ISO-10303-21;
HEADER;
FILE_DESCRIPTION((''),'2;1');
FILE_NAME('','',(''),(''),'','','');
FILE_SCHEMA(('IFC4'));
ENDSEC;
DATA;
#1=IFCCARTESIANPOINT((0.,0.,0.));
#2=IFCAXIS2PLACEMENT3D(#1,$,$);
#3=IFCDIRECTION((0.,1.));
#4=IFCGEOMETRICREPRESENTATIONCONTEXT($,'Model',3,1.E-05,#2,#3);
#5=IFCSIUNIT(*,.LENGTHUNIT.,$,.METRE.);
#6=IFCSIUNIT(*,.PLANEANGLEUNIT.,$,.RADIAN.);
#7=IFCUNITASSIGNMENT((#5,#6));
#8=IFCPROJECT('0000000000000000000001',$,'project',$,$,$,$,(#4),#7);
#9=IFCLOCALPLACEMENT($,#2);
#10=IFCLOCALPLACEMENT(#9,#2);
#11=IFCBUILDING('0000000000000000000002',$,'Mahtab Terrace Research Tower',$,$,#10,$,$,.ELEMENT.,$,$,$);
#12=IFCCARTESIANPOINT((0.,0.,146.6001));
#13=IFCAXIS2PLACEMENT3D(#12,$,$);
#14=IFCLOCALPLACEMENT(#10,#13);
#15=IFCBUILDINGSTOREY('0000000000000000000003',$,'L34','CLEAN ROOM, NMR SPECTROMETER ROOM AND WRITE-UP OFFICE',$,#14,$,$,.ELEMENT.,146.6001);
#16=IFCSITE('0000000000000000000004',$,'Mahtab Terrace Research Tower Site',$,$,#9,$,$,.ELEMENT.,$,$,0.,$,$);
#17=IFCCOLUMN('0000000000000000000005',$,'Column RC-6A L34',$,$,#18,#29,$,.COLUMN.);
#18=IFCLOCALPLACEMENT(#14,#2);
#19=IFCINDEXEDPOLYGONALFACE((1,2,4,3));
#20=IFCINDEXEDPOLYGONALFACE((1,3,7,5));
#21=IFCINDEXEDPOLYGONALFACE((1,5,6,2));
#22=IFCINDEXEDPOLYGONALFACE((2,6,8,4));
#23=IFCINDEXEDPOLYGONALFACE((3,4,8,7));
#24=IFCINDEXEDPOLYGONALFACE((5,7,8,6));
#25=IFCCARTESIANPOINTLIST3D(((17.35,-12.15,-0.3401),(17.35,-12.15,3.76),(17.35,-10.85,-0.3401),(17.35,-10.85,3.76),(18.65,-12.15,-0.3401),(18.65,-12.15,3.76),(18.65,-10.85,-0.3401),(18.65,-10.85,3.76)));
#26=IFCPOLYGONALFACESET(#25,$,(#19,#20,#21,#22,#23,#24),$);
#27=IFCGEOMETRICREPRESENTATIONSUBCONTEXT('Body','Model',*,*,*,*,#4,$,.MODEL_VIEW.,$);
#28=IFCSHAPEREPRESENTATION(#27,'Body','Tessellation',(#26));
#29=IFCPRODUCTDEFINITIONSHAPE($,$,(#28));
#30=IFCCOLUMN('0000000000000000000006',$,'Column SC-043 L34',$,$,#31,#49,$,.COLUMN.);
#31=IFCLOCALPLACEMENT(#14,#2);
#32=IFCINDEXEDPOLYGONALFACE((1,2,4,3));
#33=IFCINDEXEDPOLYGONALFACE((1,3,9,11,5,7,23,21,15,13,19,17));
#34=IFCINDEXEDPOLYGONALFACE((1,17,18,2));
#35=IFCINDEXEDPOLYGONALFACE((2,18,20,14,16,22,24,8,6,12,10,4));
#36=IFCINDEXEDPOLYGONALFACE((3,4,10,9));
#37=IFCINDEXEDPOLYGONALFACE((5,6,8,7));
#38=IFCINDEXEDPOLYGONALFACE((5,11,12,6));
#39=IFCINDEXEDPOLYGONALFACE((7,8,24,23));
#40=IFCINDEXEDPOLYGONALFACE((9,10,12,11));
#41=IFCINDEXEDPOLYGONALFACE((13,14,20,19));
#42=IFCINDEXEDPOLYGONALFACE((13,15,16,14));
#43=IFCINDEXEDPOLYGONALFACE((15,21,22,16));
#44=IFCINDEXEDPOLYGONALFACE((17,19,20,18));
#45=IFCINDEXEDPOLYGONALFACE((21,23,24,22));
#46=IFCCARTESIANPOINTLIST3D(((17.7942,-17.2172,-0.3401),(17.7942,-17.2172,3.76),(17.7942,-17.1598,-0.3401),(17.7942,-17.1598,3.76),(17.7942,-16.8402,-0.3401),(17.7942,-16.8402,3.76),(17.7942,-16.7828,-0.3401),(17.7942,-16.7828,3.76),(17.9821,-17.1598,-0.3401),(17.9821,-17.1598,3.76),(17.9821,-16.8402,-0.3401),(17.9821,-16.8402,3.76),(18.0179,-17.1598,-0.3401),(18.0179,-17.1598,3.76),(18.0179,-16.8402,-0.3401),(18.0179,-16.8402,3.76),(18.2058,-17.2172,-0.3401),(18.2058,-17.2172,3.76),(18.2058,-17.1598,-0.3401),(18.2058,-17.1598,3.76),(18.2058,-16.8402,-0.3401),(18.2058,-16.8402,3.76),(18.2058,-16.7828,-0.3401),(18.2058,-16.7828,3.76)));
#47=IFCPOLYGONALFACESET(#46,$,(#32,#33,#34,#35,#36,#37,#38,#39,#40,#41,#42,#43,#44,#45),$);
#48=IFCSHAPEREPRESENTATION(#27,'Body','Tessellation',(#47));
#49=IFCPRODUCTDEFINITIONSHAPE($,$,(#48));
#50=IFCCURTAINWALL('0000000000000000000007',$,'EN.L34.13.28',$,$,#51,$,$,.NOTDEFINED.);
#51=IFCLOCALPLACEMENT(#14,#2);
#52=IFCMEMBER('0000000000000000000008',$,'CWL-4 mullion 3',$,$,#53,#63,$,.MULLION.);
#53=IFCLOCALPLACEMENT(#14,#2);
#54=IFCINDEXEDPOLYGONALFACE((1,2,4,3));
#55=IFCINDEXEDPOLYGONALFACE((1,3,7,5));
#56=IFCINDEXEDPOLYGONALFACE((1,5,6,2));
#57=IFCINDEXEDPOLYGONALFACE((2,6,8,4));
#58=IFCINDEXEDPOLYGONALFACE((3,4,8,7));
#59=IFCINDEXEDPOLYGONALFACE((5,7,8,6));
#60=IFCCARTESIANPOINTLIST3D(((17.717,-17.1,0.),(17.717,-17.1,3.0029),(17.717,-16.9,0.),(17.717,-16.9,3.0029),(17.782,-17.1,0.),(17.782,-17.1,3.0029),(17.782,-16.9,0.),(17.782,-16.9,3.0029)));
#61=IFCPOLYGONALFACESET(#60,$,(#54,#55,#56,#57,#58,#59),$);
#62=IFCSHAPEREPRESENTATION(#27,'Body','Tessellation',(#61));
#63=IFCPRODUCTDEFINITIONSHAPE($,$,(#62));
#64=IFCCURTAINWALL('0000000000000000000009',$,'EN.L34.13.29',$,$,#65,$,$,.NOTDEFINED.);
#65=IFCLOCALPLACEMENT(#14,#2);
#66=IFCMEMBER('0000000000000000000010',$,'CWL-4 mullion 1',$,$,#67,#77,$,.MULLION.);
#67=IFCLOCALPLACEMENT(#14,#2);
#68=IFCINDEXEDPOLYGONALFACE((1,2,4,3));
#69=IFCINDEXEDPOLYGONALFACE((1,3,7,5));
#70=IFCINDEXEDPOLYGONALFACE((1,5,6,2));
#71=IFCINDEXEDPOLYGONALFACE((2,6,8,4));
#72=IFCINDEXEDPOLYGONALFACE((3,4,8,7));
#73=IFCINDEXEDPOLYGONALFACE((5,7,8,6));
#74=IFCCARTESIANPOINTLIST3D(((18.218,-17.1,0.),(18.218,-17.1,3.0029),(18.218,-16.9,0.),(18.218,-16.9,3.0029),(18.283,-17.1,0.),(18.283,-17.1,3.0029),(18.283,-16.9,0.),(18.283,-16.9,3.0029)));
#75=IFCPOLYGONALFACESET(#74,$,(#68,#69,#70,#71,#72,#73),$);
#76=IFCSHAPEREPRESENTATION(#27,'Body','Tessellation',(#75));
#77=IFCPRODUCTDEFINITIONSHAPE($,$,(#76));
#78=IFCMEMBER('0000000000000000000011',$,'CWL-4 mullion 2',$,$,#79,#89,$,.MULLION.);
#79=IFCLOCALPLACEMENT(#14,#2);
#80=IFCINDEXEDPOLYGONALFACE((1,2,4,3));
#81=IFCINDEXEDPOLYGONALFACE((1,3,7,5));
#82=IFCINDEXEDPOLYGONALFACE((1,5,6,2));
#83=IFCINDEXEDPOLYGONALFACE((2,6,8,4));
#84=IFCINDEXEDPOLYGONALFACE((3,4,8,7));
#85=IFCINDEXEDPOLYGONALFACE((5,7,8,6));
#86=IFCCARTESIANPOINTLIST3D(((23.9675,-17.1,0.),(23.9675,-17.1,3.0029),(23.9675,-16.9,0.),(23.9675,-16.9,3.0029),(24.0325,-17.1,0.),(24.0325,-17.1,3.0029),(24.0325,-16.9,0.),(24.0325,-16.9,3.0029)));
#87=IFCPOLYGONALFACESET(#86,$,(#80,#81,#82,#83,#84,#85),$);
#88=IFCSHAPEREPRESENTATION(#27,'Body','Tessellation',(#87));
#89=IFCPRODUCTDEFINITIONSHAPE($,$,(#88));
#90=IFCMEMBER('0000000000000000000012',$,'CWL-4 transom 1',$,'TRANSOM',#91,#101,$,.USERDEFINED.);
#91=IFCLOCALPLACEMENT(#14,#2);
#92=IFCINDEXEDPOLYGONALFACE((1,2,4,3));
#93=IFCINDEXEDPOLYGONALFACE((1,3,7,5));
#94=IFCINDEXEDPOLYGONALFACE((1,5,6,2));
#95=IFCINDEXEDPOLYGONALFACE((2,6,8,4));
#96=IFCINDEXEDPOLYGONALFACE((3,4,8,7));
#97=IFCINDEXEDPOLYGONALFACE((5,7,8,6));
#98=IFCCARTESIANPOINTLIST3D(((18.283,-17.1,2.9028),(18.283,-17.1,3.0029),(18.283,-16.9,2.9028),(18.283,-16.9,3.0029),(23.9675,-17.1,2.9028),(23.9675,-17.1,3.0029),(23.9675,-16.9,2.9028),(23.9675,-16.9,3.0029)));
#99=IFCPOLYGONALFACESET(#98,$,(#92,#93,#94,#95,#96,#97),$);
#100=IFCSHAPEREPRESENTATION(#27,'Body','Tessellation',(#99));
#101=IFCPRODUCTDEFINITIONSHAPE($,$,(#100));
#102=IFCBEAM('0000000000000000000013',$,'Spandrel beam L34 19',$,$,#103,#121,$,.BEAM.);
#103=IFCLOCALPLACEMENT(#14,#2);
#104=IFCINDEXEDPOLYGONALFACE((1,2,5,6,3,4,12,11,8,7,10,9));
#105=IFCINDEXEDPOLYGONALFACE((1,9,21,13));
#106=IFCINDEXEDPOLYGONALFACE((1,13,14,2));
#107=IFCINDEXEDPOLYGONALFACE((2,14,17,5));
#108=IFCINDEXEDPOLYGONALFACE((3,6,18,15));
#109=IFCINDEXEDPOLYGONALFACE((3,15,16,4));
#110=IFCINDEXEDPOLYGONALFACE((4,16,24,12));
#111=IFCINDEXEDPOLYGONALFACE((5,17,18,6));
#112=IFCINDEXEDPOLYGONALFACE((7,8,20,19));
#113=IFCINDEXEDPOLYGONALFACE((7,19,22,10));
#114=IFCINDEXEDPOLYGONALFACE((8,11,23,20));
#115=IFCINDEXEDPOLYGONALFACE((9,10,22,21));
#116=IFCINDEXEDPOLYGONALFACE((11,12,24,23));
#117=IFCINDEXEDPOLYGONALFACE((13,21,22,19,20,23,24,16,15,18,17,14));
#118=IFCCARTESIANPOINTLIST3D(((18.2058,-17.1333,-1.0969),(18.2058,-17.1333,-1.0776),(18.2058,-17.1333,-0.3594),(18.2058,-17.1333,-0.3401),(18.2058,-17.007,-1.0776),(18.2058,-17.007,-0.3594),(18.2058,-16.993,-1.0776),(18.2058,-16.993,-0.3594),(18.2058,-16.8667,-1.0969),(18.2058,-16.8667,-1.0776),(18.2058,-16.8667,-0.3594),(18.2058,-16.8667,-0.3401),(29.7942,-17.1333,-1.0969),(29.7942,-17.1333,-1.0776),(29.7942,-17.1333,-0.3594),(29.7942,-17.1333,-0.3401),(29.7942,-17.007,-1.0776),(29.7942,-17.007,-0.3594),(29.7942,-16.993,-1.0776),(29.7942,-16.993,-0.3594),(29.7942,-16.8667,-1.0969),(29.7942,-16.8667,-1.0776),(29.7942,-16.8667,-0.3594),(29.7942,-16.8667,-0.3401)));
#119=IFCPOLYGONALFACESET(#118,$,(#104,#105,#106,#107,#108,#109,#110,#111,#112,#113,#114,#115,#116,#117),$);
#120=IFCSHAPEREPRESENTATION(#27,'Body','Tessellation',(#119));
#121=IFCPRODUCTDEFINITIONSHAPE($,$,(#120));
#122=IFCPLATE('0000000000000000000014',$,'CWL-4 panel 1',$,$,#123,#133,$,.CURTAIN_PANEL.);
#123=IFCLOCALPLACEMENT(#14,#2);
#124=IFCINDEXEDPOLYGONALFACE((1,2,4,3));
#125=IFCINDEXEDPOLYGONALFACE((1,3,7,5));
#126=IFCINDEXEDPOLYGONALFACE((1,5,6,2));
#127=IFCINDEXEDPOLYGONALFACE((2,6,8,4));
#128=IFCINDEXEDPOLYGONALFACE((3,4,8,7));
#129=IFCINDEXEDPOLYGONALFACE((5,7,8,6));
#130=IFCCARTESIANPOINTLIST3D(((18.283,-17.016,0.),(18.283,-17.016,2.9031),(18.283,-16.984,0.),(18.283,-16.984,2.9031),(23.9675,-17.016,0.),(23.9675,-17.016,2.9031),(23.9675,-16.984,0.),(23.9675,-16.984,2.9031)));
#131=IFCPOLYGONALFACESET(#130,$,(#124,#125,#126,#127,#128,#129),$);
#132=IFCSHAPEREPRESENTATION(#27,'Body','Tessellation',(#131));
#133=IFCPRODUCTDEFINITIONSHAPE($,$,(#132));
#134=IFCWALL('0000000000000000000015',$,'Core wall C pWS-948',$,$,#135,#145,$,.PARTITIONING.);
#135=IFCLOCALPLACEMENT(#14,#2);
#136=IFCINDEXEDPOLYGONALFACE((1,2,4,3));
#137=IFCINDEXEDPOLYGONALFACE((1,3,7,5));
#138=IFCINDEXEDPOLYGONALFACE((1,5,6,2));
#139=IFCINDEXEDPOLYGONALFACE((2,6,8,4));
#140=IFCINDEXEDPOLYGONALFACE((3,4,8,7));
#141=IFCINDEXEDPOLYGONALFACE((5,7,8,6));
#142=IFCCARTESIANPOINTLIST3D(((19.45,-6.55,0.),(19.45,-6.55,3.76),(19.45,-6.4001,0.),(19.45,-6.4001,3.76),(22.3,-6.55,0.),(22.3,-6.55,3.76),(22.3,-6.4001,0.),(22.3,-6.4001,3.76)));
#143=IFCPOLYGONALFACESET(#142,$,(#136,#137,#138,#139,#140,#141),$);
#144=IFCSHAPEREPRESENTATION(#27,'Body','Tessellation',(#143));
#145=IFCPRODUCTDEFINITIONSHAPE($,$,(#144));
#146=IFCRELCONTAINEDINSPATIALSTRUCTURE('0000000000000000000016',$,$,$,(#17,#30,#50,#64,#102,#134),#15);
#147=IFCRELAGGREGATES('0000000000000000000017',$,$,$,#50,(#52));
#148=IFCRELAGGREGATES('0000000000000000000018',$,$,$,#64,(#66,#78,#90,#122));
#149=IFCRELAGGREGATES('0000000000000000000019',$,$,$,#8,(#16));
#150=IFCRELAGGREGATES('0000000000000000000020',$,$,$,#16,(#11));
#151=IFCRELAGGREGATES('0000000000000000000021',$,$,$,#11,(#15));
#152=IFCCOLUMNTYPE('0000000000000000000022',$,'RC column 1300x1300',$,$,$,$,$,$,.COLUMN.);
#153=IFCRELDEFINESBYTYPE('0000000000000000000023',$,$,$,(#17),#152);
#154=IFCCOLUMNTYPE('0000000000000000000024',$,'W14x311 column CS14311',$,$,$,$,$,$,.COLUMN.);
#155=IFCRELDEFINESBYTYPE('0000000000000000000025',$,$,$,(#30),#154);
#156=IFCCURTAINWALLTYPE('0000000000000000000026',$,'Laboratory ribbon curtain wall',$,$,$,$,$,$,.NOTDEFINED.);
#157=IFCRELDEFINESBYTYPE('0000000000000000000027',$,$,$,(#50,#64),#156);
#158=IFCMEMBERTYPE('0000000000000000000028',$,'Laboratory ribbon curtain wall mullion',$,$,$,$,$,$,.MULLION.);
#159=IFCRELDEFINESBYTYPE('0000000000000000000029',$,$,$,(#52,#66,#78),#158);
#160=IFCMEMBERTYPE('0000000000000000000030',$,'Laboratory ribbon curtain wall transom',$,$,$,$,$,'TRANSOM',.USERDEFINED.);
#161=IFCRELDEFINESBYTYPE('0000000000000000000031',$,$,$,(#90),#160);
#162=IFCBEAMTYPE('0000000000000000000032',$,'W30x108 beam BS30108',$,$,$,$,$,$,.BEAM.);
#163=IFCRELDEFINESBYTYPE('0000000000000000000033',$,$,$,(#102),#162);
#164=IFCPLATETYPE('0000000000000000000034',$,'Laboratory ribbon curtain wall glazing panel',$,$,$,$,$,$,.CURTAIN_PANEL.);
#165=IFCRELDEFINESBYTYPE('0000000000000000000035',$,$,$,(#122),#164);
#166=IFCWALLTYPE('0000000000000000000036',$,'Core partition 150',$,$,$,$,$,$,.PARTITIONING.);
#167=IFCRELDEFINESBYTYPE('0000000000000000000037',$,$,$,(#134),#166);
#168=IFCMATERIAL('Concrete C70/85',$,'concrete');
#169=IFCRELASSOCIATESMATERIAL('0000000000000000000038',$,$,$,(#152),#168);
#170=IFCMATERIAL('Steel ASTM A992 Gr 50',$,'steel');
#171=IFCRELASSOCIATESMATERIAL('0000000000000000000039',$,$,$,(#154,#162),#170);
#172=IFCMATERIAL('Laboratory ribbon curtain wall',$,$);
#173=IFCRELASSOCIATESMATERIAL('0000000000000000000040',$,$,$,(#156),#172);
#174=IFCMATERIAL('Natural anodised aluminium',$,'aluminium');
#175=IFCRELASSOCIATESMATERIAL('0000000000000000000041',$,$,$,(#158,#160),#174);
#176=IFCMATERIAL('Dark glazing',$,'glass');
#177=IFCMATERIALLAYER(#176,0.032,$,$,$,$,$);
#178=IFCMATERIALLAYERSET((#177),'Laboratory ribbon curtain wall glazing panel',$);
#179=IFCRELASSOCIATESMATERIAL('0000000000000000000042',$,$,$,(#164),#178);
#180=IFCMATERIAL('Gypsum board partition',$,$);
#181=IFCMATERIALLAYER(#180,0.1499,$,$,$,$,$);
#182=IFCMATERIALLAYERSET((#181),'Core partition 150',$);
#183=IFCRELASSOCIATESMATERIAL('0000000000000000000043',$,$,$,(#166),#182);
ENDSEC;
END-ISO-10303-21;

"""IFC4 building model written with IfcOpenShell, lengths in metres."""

from ifc_helpers import new_model, si_unit, direction, frame, frame_2d, origin, origin_2d, place, context, subcontext, project, spatial, rectangle, i_section, extrude, material, layer, layer_set, material_profile, profile_set, type_object, element, aggregate, save


model = new_model("IFC4")

# Units and contexts
model_context = context("Model", 3, precision=1e-05, world=origin(), true_north=direction((0.0, 1.0)))
body_context = subcontext(model_context, "Body", "Model", "MODEL_VIEW")
ifc_project = project(units=[si_unit("LENGTHUNIT", "METRE"), si_unit("PLANEANGLEUNIT", "RADIAN")], contexts=[model_context])

# Site, building, storey
site_placement = place(None, origin())
site = spatial("IfcSite", under=ifc_project, at=site_placement, Name="Mahtab Terrace Research Tower Site", CompositionType="ELEMENT", RefElevation=0.0)
building_placement = place(site_placement, origin())
building = spatial("IfcBuilding", under=site, at=building_placement, Name="Mahtab Terrace Research Tower", CompositionType="ELEMENT")
storey_placement = place(building_placement, frame((0.0, 0.0, 146.6001)))
storey = spatial("IfcBuildingStorey", under=building, at=storey_placement, Name="L34", Description="CLEAN ROOM, NMR SPECTROMETER ROOM AND WRITE-UP OFFICE", CompositionType="ELEMENT", Elevation=146.6001)

# Columns
ifc_material_1 = material(Name="Concrete C70/85", Category="concrete")
ifc_material_profile_1 = material_profile(ifc_material_1, rectangle(XDim=1.3, YDim=1.3, at=origin_2d()), Name="RC column 1300x1300")
ifc_profile_set_1 = profile_set([ifc_material_profile_1], Name="Concrete C70/85")
column_type_1 = type_object("IfcColumnType", Name="RC column 1300x1300", PredefinedType="COLUMN", material=ifc_profile_set_1)
column_1_placement = place(storey_placement, frame((18.0, -11.5, -0.3401), z_axis=(0.0, 0.0, 1.0), x_axis=(1.0, 0.0, 0.0)))
element("IfcColumn", 1, at=column_1_placement, inside=storey, type_object=column_type_1, Name="Column RC-6A L34", PredefinedType="COLUMN", context=body_context, shape_type="SweptSolid", body=[
    extrude(rectangle(XDim=1.3, YDim=1.3, at=origin_2d()), origin(), (0.0, 0.0, 1.0), 4.1001),
])
ifc_material_2 = material(Name="Steel ASTM A992 Gr 50", Category="steel")
ifc_material_profile_2 = material_profile(ifc_material_2, i_section(OverallWidth=0.4116, OverallDepth=0.4343, WebThickness=0.0359, FlangeThickness=0.0574, at=origin_2d()), Name="W14X311")
ifc_profile_set_2 = profile_set([ifc_material_profile_2], Name="Steel ASTM A992 Gr 50")
column_type_2 = type_object("IfcColumnType", Name="W14x311 column CS14311", PredefinedType="COLUMN", material=ifc_profile_set_2)
column_2_placement = place(storey_placement, frame((18.0, -17.0, -0.3401), z_axis=(0.0, 0.0, 1.0), x_axis=(1.0, 0.0, 0.0)))
element("IfcColumn", 2, at=column_2_placement, inside=storey, type_object=column_type_2, Name="Column SC-043 L34", PredefinedType="COLUMN", context=body_context, shape_type="SweptSolid", body=[
    extrude(i_section(OverallWidth=0.4116, OverallDepth=0.4343, WebThickness=0.0359, FlangeThickness=0.0574, at=origin_2d()), origin(), (0.0, 0.0, 1.0), 4.1001),
])

# Curtain wall, member
ifc_material_3 = material(Name="Laboratory ribbon curtain wall")
curtain_wall_type = type_object("IfcCurtainWallType", Name="Laboratory ribbon curtain wall", PredefinedType="NOTDEFINED", material=ifc_material_3)
curtain_wall_1_placement = place(storey_placement, origin())
curtain_wall_1 = element("IfcCurtainWall", 3, at=curtain_wall_1_placement, inside=storey, type_object=curtain_wall_type, Name="EN.L34.13.28", PredefinedType="NOTDEFINED")
ifc_material_4 = material(Name="Natural anodised aluminium", Category="aluminium")
ifc_material_profile_3 = material_profile(ifc_material_4, rectangle(XDim=0.2, YDim=0.0649, at=origin_2d()), Name="MULLION 65x200")
ifc_profile_set_3 = profile_set([ifc_material_profile_3], Name="Natural anodised aluminium")
member_type_1 = type_object("IfcMemberType", Name="Laboratory ribbon curtain wall mullion", PredefinedType="MULLION", material=ifc_profile_set_3)
member_1_placement = place(storey_placement, frame((17.7495, -17.0, 0.0), z_axis=(0.0, 0.0, 1.0), x_axis=(0.0, 1.0, 0.0)))
member_1 = element("IfcMember", 4, at=member_1_placement, type_object=member_type_1, Name="CWL-4 mullion 3", PredefinedType="MULLION", context=body_context, shape_type="SweptSolid", body=[
    extrude(rectangle(XDim=0.2, YDim=0.0649, at=origin_2d()), origin(), (0.0, 0.0, 1.0), 3.0029),
])
aggregate(curtain_wall_1, [member_1])

# Curtain wall, members
curtain_wall_2_placement = place(storey_placement, origin())
curtain_wall_2 = element("IfcCurtainWall", 5, at=curtain_wall_2_placement, inside=storey, type_object=curtain_wall_type, Name="EN.L34.13.29", PredefinedType="NOTDEFINED")
member_2_placement = place(storey_placement, frame((18.2505, -17.0, 0.0), z_axis=(0.0, 0.0, 1.0), x_axis=(0.0, 1.0, 0.0)))
member_2 = element("IfcMember", 6, at=member_2_placement, type_object=member_type_1, Name="CWL-4 mullion 1", PredefinedType="MULLION", context=body_context, shape_type="SweptSolid", body=[
    extrude(rectangle(XDim=0.2, YDim=0.0649, at=origin_2d()), origin(), (0.0, 0.0, 1.0), 3.0029),
])
member_3_placement = place(storey_placement, frame((24.0, -17.0, 0.0), z_axis=(0.0, 0.0, 1.0), x_axis=(0.0, 1.0, 0.0)))
member_3 = element("IfcMember", 7, at=member_3_placement, type_object=member_type_1, Name="CWL-4 mullion 2", PredefinedType="MULLION", context=body_context, shape_type="SweptSolid", body=[
    extrude(rectangle(XDim=0.2, YDim=0.0649, at=origin_2d()), origin(), (0.0, 0.0, 1.0), 3.0029),
])
ifc_material_profile_4 = material_profile(ifc_material_4, rectangle(XDim=0.2, YDim=0.1001, at=origin_2d()), Name="TRANSOM 100x200")
ifc_profile_set_4 = profile_set([ifc_material_profile_4], Name="Natural anodised aluminium")
member_type_2 = type_object("IfcMemberType", Name="Laboratory ribbon curtain wall transom", ElementType="TRANSOM", PredefinedType="USERDEFINED", material=ifc_profile_set_4)
member_4_placement = place(storey_placement, frame((18.283, -17.0, 2.9529), z_axis=(1.0, 0.0, 0.0), x_axis=(0.0, 1.0, 0.0)))
member_4 = element("IfcMember", 8, at=member_4_placement, type_object=member_type_2, Name="CWL-4 transom 1", ObjectType="TRANSOM", PredefinedType="USERDEFINED", context=body_context, shape_type="SweptSolid", body=[
    extrude(rectangle(XDim=0.2, YDim=0.1001, at=origin_2d()), origin(), (0.0, 0.0, 1.0), 5.6846),
])

# Beam
ifc_material_profile_5 = material_profile(ifc_material_2, i_section(OverallWidth=0.2666, OverallDepth=0.7568, WebThickness=0.0139, FlangeThickness=0.0193, at=origin_2d()), Name="W30X108")
ifc_profile_set_5 = profile_set([ifc_material_profile_5], Name="Steel ASTM A992 Gr 50")
beam_type = type_object("IfcBeamType", Name="W30x108 beam BS30108", PredefinedType="BEAM", material=ifc_profile_set_5)
beam_placement = place(storey_placement, frame((18.2058, -17.0, -0.7185), z_axis=(1.0, 0.0, 0.0), x_axis=(0.0, 1.0, 0.0)))
element("IfcBeam", 9, at=beam_placement, inside=storey, type_object=beam_type, Name="Spandrel beam L34 19", PredefinedType="BEAM", context=body_context, shape_type="SweptSolid", body=[
    extrude(i_section(OverallWidth=0.2666, OverallDepth=0.7568, WebThickness=0.0139, FlangeThickness=0.0193, at=origin_2d()), origin(), (0.0, 0.0, 1.0), 11.5884),
])

# Plate
ifc_material_5 = material(Name="Dark glazing", Category="glass")
ifc_layer_1 = layer(ifc_material_5, 0.032)
ifc_layer_set_1 = layer_set([ifc_layer_1], Name="Laboratory ribbon curtain wall glazing panel")
plate_type = type_object("IfcPlateType", Name="Laboratory ribbon curtain wall glazing panel", PredefinedType="CURTAIN_PANEL", material=ifc_layer_set_1)
plate_placement = place(storey_placement, frame((21.1252, -17.0, 0.0), z_axis=(0.0, 0.0, 1.0), x_axis=(1.0, 0.0, 0.0)))
plate = element("IfcPlate", 10, at=plate_placement, type_object=plate_type, Name="CWL-4 panel 1", PredefinedType="CURTAIN_PANEL", context=body_context, shape_type="SweptSolid", body=[
    extrude(rectangle(XDim=5.6846, YDim=0.032, at=origin_2d()), origin(), (0.0, 0.0, 1.0), 2.9031),
])
aggregate(curtain_wall_2, [member_2, member_3, member_4, plate])

# Wall
ifc_material_6 = material(Name="Gypsum board partition")
ifc_layer_2 = layer(ifc_material_6, 0.1499)
ifc_layer_set_2 = layer_set([ifc_layer_2], Name="Core partition 150")
wall_type_1 = type_object("IfcWallType", Name="Core partition 150", PredefinedType="PARTITIONING", material=ifc_layer_set_2)
wall_1_placement = place(storey_placement, frame((19.45, -6.4751, 0.0), z_axis=(0.0, 0.0, 1.0), x_axis=(1.0, 0.0, 0.0)))
element("IfcWall", 11, at=wall_1_placement, inside=storey, type_object=wall_type_1, Name="Core wall C pWS-948", PredefinedType="PARTITIONING", context=body_context, shape_type="SweptSolid", body=[
    extrude(rectangle(XDim=2.8501, YDim=0.1499, at=frame_2d((1.425, 0.0))), origin(), (0.0, 0.0, 1.0), 3.76),
])

save(model, "model.ifc")
